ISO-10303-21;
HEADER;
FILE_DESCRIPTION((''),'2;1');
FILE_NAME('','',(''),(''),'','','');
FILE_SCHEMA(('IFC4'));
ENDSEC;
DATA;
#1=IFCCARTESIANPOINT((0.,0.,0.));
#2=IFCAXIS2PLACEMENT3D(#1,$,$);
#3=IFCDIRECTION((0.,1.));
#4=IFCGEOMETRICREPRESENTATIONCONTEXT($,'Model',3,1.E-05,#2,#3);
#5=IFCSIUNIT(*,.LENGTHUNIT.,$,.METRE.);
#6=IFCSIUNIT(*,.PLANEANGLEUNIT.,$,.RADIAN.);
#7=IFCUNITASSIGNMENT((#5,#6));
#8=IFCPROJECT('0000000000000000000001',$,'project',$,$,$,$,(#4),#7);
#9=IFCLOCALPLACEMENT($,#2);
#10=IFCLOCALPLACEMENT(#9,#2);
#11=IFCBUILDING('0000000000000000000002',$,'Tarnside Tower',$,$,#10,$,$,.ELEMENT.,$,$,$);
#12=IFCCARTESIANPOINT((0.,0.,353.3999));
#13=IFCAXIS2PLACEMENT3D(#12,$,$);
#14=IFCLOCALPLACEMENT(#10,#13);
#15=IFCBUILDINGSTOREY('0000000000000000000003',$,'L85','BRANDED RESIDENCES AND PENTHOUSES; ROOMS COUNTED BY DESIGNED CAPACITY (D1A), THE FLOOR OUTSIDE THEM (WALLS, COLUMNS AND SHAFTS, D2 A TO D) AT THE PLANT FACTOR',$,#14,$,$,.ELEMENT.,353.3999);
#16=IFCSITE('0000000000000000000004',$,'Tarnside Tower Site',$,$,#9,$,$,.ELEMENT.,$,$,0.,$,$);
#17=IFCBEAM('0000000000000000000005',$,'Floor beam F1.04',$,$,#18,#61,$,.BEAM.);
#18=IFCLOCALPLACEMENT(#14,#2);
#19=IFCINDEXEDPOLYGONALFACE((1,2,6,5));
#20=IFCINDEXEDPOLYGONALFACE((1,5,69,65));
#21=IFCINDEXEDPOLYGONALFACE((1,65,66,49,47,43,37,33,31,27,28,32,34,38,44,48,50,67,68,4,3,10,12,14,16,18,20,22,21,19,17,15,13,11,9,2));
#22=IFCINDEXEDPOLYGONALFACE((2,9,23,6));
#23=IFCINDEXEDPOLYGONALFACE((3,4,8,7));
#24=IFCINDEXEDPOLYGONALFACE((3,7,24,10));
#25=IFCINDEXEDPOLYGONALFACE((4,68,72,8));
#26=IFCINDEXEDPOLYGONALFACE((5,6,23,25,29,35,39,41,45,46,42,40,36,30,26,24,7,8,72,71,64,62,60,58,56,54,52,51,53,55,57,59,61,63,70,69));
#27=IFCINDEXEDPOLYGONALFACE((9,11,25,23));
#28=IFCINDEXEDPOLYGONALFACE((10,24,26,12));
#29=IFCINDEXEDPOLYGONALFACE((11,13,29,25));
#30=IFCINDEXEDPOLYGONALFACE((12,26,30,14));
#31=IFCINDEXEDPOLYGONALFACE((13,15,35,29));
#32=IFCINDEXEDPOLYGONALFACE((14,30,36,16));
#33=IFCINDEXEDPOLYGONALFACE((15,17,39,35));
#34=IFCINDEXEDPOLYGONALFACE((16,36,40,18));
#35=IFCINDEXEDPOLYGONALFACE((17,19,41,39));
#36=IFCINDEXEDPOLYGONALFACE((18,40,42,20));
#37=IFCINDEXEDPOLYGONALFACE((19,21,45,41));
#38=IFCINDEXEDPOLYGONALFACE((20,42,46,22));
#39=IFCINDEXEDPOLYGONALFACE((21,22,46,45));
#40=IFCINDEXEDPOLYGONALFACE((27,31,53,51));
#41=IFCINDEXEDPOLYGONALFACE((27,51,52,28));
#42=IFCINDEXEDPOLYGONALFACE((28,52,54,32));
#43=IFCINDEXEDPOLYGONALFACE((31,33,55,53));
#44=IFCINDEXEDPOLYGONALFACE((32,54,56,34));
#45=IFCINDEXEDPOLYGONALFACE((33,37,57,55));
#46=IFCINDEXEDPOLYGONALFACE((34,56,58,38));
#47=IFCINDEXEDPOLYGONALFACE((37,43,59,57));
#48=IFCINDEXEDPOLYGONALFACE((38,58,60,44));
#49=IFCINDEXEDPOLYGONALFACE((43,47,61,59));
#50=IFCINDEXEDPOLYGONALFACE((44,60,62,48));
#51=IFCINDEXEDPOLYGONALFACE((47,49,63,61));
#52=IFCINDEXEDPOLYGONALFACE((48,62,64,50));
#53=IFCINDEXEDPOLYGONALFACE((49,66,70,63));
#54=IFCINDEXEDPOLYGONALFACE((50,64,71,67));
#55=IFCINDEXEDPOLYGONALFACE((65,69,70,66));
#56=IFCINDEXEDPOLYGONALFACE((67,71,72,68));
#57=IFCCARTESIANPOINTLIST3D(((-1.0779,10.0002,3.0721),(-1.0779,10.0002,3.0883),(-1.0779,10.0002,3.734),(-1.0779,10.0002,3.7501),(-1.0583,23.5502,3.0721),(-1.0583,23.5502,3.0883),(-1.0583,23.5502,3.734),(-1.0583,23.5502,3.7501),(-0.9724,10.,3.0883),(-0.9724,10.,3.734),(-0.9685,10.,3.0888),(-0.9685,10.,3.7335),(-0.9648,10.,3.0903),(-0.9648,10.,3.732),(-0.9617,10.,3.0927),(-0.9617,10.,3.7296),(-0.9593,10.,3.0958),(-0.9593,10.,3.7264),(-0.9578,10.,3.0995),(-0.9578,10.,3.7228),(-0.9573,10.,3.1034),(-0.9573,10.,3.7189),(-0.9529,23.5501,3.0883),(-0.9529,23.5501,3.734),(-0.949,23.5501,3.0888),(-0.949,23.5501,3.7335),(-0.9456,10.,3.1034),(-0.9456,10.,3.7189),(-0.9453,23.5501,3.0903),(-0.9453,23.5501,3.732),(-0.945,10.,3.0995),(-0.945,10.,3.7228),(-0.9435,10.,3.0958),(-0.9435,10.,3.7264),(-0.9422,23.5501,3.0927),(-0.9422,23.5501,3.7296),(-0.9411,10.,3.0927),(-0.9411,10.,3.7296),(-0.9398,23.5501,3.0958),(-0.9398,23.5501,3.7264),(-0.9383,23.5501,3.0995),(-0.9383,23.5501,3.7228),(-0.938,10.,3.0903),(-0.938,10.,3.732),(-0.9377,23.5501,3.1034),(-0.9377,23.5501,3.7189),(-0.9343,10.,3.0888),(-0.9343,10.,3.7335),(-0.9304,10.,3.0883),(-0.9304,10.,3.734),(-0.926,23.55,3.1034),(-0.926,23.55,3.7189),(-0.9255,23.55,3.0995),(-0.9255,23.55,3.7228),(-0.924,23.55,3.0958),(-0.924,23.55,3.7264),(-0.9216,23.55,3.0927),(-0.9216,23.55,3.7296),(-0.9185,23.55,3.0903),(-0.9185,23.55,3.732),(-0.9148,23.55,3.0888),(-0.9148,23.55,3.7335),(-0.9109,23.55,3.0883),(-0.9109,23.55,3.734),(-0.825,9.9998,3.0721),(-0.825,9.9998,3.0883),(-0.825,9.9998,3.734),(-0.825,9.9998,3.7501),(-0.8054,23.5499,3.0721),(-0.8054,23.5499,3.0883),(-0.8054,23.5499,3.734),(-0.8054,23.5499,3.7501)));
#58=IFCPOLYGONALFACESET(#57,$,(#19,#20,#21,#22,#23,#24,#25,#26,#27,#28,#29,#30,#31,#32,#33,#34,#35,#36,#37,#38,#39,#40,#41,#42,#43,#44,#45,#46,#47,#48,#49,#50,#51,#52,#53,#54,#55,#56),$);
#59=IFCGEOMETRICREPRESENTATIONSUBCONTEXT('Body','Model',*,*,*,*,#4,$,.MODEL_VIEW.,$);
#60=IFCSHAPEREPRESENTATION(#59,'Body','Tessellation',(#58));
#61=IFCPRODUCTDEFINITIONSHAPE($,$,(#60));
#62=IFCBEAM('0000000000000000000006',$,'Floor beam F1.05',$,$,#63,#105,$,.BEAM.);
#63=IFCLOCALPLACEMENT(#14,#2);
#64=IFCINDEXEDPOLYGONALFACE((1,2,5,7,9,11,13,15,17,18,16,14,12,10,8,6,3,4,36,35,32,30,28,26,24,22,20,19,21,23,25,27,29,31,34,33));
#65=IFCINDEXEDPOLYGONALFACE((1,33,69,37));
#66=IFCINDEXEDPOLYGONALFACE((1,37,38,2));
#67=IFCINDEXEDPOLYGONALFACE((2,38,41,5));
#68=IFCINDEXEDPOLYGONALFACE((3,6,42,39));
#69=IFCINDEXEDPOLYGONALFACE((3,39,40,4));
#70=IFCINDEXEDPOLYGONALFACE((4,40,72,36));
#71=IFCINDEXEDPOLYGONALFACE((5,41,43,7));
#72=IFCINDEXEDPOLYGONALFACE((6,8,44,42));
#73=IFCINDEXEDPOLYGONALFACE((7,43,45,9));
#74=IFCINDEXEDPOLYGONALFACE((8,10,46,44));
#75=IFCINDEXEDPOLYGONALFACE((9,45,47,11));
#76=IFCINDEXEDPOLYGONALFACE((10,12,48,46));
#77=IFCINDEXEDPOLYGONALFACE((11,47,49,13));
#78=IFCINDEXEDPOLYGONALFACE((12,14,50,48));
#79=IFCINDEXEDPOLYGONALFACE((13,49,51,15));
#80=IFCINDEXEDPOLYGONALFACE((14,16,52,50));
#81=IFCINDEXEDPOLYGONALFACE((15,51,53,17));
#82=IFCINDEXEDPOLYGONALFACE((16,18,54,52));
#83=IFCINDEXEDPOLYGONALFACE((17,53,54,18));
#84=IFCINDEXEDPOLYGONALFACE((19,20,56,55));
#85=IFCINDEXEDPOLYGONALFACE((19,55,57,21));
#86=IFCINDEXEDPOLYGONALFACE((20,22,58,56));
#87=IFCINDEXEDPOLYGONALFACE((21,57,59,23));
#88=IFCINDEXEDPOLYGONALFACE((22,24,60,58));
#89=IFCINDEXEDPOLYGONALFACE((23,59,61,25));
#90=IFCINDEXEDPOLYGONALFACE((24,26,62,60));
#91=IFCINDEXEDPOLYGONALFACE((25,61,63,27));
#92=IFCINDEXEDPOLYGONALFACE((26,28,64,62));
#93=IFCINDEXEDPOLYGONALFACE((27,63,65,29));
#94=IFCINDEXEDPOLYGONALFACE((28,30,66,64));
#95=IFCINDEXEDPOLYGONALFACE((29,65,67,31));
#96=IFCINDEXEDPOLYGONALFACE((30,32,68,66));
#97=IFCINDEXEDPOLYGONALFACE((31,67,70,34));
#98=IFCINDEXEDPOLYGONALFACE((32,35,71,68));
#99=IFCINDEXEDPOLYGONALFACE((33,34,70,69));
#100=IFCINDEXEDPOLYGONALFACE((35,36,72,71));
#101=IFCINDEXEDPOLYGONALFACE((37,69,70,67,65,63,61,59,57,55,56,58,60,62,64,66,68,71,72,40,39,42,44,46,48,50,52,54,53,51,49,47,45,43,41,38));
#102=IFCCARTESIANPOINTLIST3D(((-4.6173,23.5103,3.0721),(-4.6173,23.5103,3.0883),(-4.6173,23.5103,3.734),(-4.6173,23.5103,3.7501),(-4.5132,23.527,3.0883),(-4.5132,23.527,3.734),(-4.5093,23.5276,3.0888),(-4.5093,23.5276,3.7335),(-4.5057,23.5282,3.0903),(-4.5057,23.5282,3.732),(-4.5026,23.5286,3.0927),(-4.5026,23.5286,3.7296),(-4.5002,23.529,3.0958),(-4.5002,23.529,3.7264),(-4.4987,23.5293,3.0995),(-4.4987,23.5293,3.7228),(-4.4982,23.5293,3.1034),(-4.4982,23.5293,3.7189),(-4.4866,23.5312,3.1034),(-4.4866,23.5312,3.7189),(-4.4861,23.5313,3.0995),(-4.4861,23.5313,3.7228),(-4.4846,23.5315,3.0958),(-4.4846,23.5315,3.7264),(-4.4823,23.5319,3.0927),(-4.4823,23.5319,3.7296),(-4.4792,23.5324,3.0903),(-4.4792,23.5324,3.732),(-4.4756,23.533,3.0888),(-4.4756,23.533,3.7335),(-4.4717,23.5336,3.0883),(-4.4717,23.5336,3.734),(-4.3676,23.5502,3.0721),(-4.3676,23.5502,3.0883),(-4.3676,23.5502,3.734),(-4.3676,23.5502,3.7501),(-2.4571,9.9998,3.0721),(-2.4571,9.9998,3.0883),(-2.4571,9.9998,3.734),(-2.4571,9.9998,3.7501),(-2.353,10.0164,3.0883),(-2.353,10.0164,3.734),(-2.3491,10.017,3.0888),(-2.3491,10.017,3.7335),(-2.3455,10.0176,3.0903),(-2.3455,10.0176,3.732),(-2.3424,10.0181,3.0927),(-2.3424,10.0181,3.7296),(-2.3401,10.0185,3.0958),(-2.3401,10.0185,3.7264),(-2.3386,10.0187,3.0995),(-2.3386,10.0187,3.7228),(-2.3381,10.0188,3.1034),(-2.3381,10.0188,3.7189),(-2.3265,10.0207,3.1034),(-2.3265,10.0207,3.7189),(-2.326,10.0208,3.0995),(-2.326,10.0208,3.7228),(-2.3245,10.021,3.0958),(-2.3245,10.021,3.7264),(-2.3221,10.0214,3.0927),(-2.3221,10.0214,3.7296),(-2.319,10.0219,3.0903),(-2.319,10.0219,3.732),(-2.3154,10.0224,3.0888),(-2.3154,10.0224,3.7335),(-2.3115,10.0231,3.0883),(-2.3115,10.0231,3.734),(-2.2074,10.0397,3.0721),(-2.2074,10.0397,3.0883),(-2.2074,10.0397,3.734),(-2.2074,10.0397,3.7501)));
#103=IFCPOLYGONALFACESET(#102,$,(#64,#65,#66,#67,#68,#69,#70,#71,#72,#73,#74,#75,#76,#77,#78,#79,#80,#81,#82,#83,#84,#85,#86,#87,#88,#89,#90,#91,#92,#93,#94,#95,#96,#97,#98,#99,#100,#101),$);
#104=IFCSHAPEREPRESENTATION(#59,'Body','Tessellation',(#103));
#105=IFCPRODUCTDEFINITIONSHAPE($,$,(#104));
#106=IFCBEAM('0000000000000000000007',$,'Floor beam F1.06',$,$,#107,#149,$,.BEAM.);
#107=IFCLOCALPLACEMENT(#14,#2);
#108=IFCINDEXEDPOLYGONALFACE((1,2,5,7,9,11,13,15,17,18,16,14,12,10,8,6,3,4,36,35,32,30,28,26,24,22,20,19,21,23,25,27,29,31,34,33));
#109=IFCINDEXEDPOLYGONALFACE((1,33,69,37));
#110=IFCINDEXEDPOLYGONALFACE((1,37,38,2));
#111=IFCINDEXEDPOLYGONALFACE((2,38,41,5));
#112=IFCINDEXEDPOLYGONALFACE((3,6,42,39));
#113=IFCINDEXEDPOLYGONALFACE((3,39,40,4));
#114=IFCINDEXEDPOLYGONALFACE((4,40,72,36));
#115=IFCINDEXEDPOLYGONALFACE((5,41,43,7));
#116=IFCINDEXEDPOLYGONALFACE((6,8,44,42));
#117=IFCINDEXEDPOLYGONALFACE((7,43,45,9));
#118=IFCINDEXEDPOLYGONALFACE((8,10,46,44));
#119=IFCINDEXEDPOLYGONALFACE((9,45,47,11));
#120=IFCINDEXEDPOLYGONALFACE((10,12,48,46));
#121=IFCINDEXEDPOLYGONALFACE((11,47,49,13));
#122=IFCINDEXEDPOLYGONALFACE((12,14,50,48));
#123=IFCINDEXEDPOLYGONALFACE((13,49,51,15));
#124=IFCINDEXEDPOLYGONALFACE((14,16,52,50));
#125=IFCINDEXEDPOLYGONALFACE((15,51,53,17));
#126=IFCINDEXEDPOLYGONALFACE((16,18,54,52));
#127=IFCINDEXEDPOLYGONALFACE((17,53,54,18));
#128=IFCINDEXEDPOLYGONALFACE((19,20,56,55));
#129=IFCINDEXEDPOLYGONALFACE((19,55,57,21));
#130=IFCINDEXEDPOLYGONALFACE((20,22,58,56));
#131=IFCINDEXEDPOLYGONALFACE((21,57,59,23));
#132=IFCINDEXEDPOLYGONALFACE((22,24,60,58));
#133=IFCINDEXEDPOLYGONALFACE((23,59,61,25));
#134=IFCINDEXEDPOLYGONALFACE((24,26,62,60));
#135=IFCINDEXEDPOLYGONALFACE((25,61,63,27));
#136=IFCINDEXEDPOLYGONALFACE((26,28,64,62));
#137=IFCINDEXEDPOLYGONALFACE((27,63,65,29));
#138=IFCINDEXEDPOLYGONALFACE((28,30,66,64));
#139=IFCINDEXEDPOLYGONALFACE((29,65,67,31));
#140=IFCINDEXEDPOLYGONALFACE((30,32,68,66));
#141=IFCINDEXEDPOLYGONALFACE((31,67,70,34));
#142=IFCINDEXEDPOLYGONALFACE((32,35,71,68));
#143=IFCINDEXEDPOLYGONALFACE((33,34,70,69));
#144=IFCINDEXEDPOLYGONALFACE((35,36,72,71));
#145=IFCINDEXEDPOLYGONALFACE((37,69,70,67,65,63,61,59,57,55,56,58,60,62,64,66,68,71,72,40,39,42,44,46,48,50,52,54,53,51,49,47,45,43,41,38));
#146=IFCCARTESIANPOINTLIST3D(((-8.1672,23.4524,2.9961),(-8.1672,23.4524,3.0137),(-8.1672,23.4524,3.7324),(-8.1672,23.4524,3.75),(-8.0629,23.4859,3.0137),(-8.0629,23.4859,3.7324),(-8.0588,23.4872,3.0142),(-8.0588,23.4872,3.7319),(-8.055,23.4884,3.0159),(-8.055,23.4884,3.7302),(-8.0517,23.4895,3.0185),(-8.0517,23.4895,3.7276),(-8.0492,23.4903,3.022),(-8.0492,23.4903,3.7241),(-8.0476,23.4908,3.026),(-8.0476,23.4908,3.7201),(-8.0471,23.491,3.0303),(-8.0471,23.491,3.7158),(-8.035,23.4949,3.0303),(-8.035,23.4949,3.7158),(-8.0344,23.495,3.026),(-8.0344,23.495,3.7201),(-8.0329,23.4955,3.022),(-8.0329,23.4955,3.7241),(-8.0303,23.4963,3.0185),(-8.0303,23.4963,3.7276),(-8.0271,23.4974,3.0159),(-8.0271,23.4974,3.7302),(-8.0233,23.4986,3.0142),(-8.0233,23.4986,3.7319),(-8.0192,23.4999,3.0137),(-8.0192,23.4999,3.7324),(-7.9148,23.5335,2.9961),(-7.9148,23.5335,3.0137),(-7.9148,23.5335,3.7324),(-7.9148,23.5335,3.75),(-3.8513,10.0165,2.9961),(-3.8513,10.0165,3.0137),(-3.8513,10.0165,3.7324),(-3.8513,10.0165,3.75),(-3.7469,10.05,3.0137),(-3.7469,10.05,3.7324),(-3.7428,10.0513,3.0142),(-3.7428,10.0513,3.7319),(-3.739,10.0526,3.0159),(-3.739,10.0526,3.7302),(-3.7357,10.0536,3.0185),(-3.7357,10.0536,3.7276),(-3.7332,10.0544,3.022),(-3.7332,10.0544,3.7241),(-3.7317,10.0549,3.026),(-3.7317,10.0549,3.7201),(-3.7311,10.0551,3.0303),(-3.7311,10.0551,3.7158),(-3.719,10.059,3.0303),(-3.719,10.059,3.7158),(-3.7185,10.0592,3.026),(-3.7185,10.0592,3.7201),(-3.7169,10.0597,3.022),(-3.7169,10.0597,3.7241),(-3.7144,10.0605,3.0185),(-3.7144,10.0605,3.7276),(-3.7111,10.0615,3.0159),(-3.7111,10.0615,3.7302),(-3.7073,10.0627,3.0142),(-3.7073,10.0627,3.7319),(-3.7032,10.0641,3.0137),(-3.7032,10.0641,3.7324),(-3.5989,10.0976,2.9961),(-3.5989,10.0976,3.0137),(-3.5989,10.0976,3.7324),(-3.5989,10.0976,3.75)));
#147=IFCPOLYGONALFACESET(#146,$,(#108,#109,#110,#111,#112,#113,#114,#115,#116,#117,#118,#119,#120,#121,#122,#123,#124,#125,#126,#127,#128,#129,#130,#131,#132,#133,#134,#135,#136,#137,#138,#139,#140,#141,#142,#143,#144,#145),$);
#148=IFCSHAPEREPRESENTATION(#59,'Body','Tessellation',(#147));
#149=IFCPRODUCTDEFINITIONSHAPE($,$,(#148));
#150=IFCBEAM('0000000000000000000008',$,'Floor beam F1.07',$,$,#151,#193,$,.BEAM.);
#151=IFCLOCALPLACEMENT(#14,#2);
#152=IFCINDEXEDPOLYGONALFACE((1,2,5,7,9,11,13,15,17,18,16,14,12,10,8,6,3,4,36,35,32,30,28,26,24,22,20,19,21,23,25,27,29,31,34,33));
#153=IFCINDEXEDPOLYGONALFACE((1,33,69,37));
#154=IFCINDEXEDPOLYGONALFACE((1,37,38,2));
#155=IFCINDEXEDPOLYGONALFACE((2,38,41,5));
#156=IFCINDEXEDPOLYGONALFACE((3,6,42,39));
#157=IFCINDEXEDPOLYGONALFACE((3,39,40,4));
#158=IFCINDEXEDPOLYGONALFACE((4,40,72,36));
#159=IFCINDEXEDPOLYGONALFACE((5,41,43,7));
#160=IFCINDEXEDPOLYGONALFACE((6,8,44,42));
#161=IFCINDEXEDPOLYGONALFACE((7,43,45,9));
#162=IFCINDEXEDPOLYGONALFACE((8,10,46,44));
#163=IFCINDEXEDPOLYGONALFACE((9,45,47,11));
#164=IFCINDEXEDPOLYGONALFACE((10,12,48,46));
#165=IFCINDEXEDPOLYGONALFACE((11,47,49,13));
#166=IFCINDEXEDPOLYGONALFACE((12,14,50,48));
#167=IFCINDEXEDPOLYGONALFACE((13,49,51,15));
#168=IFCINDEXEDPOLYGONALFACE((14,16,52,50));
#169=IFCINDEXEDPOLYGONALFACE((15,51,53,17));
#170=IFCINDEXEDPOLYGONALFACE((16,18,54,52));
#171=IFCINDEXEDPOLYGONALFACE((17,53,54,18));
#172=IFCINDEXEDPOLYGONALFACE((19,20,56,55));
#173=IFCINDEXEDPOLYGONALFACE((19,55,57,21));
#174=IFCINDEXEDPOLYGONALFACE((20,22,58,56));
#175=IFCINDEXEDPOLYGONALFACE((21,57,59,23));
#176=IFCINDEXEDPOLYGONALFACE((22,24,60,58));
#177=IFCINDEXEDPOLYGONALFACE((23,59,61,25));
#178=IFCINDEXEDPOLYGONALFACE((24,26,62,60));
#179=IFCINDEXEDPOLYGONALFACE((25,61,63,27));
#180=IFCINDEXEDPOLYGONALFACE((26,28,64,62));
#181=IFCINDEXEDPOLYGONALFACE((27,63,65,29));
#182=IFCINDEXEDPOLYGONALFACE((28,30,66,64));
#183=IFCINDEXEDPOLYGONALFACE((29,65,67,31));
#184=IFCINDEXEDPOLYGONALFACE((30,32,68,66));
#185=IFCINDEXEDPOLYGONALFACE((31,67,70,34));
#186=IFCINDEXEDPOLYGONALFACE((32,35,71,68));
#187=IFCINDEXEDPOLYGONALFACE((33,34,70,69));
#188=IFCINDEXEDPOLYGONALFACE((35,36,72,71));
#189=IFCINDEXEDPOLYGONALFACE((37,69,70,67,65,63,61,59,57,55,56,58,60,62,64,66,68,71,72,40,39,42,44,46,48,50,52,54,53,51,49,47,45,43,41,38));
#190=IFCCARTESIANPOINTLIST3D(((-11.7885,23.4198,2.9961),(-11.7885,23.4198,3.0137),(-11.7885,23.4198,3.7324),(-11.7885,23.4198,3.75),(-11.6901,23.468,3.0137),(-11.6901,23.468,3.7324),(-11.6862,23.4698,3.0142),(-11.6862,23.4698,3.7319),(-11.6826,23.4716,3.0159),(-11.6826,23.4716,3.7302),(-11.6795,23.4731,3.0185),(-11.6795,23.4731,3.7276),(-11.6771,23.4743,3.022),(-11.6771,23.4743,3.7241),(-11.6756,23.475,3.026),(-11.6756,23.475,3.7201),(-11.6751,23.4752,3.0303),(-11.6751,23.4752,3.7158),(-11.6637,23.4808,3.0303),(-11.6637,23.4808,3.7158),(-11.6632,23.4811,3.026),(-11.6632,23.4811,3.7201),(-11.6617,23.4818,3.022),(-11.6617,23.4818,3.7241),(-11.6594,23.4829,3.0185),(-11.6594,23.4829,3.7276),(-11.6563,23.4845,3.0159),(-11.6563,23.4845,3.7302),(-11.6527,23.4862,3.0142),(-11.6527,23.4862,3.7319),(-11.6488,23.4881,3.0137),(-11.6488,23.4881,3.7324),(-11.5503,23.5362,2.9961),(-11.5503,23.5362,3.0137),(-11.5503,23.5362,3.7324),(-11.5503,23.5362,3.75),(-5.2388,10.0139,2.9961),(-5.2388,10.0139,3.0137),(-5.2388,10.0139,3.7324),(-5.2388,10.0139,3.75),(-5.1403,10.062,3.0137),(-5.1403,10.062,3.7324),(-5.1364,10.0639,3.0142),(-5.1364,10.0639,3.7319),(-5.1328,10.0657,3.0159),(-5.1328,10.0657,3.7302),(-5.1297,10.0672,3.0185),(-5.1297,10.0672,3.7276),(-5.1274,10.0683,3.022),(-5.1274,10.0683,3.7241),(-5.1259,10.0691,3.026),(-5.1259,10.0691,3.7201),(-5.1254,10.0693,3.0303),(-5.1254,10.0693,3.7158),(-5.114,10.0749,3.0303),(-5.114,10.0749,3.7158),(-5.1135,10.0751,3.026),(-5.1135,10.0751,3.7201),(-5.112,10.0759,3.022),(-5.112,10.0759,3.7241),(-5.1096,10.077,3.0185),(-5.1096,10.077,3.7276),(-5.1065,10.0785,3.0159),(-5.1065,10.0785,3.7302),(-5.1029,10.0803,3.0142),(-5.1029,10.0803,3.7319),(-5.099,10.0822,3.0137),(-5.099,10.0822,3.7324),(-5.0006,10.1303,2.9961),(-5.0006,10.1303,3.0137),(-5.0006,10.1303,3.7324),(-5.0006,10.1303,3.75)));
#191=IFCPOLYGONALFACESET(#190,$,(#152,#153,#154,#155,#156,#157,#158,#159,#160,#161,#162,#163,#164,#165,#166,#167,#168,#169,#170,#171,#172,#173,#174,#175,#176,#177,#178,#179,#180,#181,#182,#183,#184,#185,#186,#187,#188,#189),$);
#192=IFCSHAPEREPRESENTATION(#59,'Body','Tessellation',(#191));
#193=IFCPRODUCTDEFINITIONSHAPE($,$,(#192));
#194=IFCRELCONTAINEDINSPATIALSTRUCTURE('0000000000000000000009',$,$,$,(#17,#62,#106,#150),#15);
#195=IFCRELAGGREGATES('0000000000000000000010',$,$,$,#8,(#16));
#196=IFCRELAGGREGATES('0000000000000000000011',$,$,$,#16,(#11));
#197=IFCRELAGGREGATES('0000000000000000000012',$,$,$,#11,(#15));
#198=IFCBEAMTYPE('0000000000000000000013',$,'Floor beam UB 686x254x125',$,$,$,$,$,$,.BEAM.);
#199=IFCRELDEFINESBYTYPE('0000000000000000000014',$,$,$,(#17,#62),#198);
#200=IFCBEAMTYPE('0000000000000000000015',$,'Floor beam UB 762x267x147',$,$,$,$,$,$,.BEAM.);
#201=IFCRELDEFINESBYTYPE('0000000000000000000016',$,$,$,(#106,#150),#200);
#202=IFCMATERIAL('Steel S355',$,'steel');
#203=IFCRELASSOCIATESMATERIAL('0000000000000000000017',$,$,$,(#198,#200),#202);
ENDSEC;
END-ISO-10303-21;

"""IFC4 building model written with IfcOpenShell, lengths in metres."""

from ifc_helpers import new_model, si_unit, direction, frame, origin, origin_2d, place, context, subcontext, project, spatial, i_section, extrude, material, material_profile, profile_set, type_object, element, save


model = new_model("IFC4")

# Units and contexts
model_context = context("Model", 3, precision=1e-05, world=origin(), true_north=direction((0.0, 1.0)))
body_context = subcontext(model_context, "Body", "Model", "MODEL_VIEW")
ifc_project = project(units=[si_unit("LENGTHUNIT", "METRE"), si_unit("PLANEANGLEUNIT", "RADIAN")], contexts=[model_context])

# Site, building, storey
site_placement = place(None, origin())
site = spatial("IfcSite", under=ifc_project, at=site_placement, Name="Tarnside Tower Site", CompositionType="ELEMENT", RefElevation=0.0)
building_placement = place(site_placement, origin())
building = spatial("IfcBuilding", under=site, at=building_placement, Name="Tarnside Tower", CompositionType="ELEMENT")
storey_placement = place(building_placement, frame((0.0, 0.0, 353.3999)))
storey = spatial("IfcBuildingStorey", under=building, at=storey_placement, Name="L85", Description="BRANDED RESIDENCES AND PENTHOUSES; ROOMS COUNTED BY DESIGNED CAPACITY (D1A), THE FLOOR OUTSIDE THEM (WALLS, COLUMNS AND SHAFTS, D2 A TO D) AT THE PLANT FACTOR", CompositionType="ELEMENT", Elevation=353.3999)

# Beams
ifc_material_1 = material(Name="Steel S355", Category="steel")
ifc_material_profile_1 = material_profile(ifc_material_1, i_section(OverallWidth=0.2529, OverallDepth=0.678, WebThickness=0.0117, FlangeThickness=0.0161, FilletRadius=0.0151, at=origin_2d()), Name="UB 686x254x125")
ifc_profile_set_1 = profile_set([ifc_material_profile_1], Name="Steel S355")
beam_type_1 = type_object("IfcBeamType", Name="Floor beam UB 686x254x125", PredefinedType="BEAM", material=ifc_profile_set_1)
beam_1_placement = place(storey_placement, frame((-0.9319, 23.55, 3.4111), z_axis=(-0.001441, -0.999999, 0.0), x_axis=(0.999999, -0.001441, 0.0)))
element("IfcBeam", 1, at=beam_1_placement, inside=storey, type_object=beam_type_1, Name="Floor beam F1.04", PredefinedType="BEAM", context=body_context, shape_type="SweptSolid", body=[
    extrude(i_section(OverallWidth=0.2529, OverallDepth=0.678, WebThickness=0.0117, FlangeThickness=0.0161, FilletRadius=0.0151, at=origin_2d()), origin(), (0.0, 0.0, 1.0), 13.55),
])
beam_2_placement = place(storey_placement, frame((-4.4924, 23.5303, 3.4111), z_axis=(0.157882, -0.987458, 0.0), x_axis=(0.987458, 0.157882, 0.0)))
element("IfcBeam", 2, at=beam_2_placement, inside=storey, type_object=beam_type_1, Name="Floor beam F1.05", PredefinedType="BEAM", context=body_context, shape_type="SweptSolid", body=[
    extrude(i_section(OverallWidth=0.2529, OverallDepth=0.678, WebThickness=0.0117, FlangeThickness=0.0161, FilletRadius=0.0151, at=origin_2d()), origin(), (0.0, 0.0, 1.0), 13.6821),
])
ifc_material_profile_2 = material_profile(ifc_material_1, i_section(OverallWidth=0.2651, OverallDepth=0.7539, WebThickness=0.0127, FlangeThickness=0.0176, FilletRadius=0.0166, at=origin_2d()), Name="UB 762x267x147")
ifc_profile_set_2 = profile_set([ifc_material_profile_2], Name="Steel S355")
beam_type_2 = type_object("IfcBeamType", Name="Floor beam UB 762x267x147", PredefinedType="BEAM", material=ifc_profile_set_2)
beam_3_placement = place(storey_placement, frame((-8.041, 23.4929, 3.373), z_axis=(0.305834, -0.952085, 0.0), x_axis=(0.952085, 0.305834, 0.0)))
element("IfcBeam", 3, at=beam_3_placement, inside=storey, type_object=beam_type_2, Name="Floor beam F1.06", PredefinedType="BEAM", context=body_context, shape_type="SweptSolid", body=[
    extrude(i_section(OverallWidth=0.2651, OverallDepth=0.7539, WebThickness=0.0127, FlangeThickness=0.0176, FilletRadius=0.0166, at=origin_2d()), origin(), (0.0, 0.0, 1.0), 14.1121),
])
beam_4_placement = place(storey_placement, frame((-11.6694, 23.478, 3.373), z_axis=(0.438981, -0.898497, 0.0), x_axis=(0.898497, 0.438981, 0.0)))
element("IfcBeam", 4, at=beam_4_placement, inside=storey, type_object=beam_type_2, Name="Floor beam F1.07", PredefinedType="BEAM", context=body_context, shape_type="SweptSolid", body=[
    extrude(i_section(OverallWidth=0.2651, OverallDepth=0.7539, WebThickness=0.0127, FlangeThickness=0.0176, FilletRadius=0.0166, at=origin_2d()), origin(), (0.0, 0.0, 1.0), 14.9204),
])

save(model, "model.ifc")
